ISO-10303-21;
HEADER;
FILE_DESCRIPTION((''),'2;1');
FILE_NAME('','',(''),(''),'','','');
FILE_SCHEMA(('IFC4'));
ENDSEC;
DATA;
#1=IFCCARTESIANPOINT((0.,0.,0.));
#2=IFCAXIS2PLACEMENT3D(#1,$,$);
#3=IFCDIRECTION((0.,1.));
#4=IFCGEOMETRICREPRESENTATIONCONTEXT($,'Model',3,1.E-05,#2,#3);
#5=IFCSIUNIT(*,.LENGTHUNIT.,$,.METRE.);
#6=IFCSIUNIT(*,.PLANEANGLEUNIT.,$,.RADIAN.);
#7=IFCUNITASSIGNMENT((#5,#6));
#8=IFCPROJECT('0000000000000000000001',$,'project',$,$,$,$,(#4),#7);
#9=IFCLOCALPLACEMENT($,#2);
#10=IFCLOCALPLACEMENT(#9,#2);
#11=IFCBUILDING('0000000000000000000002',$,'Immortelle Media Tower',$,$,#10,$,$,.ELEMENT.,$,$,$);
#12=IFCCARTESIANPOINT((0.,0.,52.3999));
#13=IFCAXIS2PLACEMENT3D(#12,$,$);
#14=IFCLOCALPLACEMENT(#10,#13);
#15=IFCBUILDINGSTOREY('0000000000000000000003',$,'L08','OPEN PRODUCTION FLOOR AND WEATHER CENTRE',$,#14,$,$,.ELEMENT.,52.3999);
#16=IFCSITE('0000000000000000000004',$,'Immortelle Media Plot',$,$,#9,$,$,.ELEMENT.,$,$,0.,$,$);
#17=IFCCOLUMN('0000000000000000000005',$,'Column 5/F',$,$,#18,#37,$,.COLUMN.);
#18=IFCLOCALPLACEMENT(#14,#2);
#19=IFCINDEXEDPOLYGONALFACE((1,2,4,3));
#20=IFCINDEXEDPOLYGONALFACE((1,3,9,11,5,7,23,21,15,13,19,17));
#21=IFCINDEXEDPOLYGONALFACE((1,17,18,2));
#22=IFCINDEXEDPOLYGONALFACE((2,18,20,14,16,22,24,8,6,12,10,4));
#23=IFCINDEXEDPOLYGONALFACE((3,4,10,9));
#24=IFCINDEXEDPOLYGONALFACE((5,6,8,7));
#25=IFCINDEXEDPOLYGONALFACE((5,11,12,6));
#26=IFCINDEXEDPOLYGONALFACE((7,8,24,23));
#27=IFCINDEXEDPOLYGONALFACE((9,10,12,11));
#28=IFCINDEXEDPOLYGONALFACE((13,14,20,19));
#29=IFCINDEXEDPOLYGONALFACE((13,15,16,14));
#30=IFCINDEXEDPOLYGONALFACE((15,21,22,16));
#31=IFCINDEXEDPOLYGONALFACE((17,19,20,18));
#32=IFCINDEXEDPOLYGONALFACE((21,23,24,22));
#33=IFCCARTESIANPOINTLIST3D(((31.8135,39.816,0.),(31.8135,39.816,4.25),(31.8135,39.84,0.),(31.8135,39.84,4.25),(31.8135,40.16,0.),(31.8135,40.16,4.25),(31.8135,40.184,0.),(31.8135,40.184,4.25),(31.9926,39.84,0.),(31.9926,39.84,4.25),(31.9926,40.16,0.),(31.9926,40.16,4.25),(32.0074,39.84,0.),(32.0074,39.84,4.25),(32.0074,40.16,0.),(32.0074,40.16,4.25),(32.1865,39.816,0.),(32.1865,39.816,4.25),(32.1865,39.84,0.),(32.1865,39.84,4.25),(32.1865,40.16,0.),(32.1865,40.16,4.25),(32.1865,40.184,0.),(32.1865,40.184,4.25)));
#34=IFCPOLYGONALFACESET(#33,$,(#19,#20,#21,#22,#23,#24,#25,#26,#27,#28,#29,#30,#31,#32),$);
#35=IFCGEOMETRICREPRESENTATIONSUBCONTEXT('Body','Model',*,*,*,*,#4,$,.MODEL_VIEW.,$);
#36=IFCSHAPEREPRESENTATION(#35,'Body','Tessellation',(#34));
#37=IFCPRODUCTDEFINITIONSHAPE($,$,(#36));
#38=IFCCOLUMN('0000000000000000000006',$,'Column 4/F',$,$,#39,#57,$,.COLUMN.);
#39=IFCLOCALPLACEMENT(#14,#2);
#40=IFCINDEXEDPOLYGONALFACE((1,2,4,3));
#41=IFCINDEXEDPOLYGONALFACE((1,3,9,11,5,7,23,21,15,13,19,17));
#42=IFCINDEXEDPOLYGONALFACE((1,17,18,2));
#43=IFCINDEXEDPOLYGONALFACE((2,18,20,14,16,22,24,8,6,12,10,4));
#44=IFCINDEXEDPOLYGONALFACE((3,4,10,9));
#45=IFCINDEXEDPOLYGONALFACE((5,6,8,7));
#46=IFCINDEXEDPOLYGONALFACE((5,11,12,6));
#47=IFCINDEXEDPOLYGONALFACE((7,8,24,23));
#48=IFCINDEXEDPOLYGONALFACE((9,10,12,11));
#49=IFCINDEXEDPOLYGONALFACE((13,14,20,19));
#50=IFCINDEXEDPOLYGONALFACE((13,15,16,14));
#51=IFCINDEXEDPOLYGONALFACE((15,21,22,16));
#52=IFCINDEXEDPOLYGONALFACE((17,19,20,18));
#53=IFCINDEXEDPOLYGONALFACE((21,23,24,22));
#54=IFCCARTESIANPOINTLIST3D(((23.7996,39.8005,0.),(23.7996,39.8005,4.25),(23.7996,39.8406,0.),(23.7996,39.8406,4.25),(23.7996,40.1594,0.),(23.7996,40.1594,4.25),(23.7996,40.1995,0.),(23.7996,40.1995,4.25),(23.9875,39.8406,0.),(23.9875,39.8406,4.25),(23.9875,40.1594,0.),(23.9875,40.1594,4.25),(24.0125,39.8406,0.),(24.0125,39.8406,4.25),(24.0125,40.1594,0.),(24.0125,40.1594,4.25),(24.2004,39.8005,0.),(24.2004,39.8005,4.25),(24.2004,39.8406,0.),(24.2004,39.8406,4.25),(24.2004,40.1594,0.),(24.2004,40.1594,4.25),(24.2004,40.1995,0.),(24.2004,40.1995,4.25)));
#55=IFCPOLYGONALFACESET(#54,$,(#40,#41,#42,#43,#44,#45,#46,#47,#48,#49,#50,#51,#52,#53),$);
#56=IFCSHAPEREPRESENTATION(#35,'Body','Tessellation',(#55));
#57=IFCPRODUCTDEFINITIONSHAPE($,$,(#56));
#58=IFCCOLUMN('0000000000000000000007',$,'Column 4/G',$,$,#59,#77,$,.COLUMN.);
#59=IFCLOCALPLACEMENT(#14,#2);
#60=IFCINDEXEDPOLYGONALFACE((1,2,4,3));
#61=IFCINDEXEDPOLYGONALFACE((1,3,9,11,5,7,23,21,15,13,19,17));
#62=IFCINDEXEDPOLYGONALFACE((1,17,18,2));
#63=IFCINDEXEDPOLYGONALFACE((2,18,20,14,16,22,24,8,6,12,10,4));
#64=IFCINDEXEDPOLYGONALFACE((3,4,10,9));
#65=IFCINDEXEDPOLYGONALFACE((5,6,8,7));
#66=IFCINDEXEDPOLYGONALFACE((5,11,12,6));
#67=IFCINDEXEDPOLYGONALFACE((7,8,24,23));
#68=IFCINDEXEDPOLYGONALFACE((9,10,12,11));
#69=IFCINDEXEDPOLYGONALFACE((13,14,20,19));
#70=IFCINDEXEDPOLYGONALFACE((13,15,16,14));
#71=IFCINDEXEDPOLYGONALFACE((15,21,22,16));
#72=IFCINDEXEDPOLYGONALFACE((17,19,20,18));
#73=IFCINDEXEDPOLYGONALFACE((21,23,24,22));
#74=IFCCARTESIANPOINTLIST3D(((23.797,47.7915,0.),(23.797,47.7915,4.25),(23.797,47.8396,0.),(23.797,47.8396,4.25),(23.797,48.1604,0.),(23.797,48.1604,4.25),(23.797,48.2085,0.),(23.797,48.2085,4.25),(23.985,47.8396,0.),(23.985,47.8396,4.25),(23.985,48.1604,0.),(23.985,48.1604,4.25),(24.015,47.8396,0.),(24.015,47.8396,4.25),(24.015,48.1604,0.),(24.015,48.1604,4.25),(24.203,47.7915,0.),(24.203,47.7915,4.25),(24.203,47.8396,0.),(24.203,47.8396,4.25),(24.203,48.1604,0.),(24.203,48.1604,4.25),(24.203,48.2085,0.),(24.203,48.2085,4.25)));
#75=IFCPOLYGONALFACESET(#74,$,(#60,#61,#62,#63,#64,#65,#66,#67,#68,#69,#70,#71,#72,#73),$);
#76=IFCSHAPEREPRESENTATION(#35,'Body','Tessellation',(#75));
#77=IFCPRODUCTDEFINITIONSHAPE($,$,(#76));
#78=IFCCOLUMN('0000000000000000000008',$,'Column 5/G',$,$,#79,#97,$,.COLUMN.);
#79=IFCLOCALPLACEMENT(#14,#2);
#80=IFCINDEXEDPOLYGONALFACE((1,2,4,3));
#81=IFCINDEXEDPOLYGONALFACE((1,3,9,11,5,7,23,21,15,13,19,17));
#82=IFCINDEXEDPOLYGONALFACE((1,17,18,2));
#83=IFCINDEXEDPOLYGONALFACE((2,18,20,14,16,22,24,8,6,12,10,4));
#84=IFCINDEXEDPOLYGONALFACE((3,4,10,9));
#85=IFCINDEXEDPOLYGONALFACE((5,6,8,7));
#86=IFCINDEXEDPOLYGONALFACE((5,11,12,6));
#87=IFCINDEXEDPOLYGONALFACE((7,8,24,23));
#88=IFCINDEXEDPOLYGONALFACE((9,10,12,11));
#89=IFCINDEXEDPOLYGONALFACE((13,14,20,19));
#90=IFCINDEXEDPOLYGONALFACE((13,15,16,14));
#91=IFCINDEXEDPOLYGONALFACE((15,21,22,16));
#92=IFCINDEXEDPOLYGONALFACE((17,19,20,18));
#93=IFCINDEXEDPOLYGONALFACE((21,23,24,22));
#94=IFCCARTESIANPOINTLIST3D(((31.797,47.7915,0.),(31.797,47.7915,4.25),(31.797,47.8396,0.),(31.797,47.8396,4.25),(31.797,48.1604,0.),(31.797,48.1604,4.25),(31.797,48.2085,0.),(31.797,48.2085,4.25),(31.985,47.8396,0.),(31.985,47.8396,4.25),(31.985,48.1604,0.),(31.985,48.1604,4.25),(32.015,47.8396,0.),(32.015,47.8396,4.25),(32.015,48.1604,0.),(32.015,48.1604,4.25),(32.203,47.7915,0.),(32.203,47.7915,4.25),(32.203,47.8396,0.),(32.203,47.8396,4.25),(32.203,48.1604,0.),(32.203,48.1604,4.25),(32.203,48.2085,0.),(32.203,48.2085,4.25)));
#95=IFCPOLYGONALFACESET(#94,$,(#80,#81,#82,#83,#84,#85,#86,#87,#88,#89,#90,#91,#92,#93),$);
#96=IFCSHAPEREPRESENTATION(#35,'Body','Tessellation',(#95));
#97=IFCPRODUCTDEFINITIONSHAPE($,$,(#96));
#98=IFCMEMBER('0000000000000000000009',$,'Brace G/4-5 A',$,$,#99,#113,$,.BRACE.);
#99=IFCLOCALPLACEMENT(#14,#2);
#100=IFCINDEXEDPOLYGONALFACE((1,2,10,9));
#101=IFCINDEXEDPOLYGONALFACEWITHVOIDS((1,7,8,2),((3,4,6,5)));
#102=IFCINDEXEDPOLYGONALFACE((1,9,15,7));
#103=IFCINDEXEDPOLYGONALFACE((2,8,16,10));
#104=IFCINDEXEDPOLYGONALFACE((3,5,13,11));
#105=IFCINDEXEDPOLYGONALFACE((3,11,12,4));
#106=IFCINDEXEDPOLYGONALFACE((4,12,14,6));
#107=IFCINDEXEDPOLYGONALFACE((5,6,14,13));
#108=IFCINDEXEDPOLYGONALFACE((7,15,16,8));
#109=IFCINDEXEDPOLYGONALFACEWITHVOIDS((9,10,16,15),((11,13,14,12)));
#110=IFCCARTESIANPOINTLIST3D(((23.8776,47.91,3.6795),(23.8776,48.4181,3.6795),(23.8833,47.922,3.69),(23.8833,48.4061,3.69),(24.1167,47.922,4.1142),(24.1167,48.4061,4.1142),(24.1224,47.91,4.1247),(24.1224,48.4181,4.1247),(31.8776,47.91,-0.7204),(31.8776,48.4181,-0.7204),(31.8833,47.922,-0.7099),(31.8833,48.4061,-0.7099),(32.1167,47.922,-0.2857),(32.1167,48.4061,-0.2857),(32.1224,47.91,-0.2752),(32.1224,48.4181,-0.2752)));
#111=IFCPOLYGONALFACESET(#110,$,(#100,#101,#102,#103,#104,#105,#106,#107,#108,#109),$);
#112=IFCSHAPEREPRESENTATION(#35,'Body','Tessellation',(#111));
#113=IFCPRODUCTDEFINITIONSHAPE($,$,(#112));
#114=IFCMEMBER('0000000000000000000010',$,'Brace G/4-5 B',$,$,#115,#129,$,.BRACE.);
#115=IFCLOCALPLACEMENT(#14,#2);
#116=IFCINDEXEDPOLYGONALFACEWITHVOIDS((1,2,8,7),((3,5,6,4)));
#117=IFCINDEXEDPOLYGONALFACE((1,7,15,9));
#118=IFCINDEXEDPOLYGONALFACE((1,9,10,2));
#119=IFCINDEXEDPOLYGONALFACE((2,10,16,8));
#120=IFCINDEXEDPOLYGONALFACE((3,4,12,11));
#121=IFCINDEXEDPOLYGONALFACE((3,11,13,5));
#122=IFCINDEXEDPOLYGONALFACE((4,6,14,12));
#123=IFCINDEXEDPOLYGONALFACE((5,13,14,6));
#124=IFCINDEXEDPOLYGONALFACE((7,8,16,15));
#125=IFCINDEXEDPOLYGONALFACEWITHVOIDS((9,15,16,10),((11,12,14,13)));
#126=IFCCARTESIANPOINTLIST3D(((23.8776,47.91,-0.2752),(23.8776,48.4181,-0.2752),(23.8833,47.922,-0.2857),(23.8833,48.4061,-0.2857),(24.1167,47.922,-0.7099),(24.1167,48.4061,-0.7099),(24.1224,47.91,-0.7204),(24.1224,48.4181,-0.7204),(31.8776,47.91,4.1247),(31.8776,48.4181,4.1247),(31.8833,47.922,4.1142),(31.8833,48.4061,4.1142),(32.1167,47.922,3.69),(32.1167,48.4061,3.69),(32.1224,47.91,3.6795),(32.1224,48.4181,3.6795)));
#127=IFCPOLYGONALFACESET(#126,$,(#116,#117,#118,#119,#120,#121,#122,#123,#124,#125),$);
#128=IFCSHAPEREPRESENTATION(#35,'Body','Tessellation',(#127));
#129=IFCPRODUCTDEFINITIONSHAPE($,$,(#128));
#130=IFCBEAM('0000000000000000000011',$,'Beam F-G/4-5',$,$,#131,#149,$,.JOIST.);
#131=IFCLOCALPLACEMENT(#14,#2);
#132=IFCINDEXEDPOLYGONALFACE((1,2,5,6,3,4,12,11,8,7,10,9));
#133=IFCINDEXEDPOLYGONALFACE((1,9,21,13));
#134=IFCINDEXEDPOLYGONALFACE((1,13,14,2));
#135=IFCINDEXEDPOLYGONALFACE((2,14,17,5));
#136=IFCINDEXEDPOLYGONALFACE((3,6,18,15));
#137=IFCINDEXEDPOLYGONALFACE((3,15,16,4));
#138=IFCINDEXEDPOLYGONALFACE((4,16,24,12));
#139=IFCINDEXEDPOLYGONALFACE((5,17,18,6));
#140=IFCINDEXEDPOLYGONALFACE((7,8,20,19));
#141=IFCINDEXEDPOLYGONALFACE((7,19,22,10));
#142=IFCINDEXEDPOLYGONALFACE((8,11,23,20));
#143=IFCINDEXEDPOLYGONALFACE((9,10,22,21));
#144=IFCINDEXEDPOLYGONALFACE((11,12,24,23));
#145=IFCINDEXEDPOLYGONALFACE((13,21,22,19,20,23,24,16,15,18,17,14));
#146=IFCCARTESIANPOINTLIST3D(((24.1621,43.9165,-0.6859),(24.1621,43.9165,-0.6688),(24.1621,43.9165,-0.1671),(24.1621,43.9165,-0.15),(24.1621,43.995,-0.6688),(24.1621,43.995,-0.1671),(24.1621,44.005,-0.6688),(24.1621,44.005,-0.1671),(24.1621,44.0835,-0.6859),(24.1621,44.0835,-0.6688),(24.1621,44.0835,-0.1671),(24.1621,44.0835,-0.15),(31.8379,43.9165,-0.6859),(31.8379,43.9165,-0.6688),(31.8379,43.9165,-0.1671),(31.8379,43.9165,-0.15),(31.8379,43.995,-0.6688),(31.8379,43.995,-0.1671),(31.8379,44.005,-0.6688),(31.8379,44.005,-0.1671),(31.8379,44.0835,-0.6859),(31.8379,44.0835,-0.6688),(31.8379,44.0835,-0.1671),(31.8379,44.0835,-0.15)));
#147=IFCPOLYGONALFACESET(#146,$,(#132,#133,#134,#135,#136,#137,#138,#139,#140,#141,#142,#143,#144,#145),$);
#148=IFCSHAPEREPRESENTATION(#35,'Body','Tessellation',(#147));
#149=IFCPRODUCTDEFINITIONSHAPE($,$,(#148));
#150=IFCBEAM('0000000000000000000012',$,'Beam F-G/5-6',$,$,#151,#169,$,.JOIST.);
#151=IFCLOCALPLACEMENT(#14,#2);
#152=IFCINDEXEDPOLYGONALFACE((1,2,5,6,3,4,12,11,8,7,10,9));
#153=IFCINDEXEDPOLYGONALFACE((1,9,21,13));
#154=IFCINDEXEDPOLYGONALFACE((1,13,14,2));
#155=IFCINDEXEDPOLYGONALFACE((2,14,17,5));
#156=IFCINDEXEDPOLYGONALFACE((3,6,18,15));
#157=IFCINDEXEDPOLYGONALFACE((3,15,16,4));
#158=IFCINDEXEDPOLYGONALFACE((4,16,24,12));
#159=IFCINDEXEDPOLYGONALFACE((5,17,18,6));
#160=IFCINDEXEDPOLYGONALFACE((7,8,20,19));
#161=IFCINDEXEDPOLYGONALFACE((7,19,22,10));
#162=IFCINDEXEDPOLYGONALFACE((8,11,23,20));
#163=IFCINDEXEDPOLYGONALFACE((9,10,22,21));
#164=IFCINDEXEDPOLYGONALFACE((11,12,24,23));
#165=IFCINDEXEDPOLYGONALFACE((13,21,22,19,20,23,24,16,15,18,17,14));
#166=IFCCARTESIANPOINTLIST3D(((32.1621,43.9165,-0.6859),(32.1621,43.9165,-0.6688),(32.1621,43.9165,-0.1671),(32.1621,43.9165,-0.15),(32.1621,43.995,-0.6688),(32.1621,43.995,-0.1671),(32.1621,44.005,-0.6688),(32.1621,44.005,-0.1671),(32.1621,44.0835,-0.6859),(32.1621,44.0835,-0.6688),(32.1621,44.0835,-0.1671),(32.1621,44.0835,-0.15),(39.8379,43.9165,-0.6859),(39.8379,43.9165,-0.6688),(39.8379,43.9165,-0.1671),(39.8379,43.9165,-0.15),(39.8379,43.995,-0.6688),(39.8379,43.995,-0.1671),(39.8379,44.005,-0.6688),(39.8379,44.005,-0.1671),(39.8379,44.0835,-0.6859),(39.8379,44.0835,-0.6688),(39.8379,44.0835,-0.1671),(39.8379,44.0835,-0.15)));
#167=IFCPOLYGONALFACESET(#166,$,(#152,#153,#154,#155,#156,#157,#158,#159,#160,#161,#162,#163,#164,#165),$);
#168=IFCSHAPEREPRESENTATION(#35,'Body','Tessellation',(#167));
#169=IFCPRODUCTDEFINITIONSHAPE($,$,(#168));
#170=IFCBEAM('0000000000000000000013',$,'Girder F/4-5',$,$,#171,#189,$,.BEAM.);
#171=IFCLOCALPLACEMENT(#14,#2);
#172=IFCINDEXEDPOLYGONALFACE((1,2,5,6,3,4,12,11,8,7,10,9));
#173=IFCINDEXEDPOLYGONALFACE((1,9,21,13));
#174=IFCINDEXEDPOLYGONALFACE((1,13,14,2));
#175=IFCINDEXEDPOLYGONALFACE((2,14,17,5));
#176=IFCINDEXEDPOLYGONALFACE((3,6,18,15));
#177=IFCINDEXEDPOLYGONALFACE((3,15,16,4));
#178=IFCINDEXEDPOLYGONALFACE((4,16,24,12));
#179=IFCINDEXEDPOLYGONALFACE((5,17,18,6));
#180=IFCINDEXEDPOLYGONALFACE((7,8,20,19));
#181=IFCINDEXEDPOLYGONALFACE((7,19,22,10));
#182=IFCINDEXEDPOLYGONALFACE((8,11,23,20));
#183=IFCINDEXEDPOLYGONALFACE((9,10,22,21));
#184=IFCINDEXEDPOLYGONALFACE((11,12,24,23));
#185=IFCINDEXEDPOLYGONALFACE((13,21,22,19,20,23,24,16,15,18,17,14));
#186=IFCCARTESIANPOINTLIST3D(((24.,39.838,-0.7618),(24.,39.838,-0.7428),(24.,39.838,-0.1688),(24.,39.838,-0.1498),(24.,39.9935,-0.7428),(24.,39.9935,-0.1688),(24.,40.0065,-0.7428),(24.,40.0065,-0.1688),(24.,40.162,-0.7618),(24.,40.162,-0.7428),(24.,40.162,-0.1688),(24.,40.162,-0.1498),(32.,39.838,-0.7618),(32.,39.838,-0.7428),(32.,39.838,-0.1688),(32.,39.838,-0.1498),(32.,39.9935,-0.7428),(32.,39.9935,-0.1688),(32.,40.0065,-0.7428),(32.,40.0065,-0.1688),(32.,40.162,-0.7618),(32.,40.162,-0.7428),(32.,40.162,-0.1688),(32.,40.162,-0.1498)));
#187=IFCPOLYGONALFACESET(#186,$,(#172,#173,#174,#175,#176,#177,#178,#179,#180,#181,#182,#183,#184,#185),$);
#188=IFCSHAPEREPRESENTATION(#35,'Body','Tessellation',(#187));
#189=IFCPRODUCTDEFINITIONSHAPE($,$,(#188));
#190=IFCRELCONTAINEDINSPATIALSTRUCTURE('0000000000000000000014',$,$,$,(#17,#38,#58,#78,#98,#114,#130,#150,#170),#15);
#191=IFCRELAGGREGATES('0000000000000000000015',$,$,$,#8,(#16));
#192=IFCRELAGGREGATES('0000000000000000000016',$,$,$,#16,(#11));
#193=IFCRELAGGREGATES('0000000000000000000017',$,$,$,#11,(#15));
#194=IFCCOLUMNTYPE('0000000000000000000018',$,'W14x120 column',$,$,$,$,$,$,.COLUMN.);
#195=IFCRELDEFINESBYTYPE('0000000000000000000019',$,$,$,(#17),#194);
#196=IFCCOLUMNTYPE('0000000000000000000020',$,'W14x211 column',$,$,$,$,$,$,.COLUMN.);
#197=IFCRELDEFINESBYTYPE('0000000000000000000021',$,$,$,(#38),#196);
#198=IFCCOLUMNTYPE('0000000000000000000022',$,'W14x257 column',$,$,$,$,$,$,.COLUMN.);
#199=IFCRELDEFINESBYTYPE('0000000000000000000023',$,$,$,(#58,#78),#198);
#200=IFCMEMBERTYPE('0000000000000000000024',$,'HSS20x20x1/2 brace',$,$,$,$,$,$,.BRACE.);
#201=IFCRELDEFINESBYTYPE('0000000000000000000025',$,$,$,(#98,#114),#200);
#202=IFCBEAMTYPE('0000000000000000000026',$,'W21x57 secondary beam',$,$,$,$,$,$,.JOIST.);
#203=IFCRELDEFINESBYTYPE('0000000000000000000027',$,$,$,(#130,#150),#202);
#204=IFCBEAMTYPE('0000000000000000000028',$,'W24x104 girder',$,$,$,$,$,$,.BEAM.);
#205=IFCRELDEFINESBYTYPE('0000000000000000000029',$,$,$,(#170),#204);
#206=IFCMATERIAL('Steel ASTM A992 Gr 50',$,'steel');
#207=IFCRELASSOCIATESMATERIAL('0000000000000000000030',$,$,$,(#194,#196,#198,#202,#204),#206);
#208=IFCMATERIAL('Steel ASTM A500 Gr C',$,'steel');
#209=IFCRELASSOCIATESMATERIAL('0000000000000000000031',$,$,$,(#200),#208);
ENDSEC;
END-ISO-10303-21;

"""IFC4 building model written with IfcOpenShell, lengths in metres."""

from ifc_helpers import new_model, si_unit, direction, frame, origin, origin_2d, place, context, subcontext, project, spatial, hollow_rectangle, i_section, extrude, material, material_profile, profile_set, type_object, element, save


model = new_model("IFC4")

# Units and contexts
model_context = context("Model", 3, precision=1e-05, world=origin(), true_north=direction((0.0, 1.0)))
body_context = subcontext(model_context, "Body", "Model", "MODEL_VIEW")
ifc_project = project(units=[si_unit("LENGTHUNIT", "METRE"), si_unit("PLANEANGLEUNIT", "RADIAN")], contexts=[model_context])

# Site, building, storey
site_placement = place(None, origin())
site = spatial("IfcSite", under=ifc_project, at=site_placement, Name="Immortelle Media Plot", CompositionType="ELEMENT", RefElevation=0.0)
building_placement = place(site_placement, origin())
building = spatial("IfcBuilding", under=site, at=building_placement, Name="Immortelle Media Tower", CompositionType="ELEMENT")
storey_placement = place(building_placement, frame((0.0, 0.0, 52.3999)))
storey = spatial("IfcBuildingStorey", under=building, at=storey_placement, Name="L08", Description="OPEN PRODUCTION FLOOR AND WEATHER CENTRE", CompositionType="ELEMENT", Elevation=52.3999)

# Columns
ifc_material_1 = material(Name="Steel ASTM A992 Gr 50", Category="steel")
ifc_material_profile_1 = material_profile(ifc_material_1, i_section(OverallWidth=0.373, OverallDepth=0.3679, WebThickness=0.0149, FlangeThickness=0.0239, at=origin_2d()), Name="W14x120")
ifc_profile_set_1 = profile_set([ifc_material_profile_1], Name="Steel ASTM A992 Gr 50")
column_type_1 = type_object("IfcColumnType", Name="W14x120 column", PredefinedType="COLUMN", material=ifc_profile_set_1)
column_1_placement = place(storey_placement, frame((32.0, 40.0, 0.0), z_axis=(0.0, 0.0, 1.0), x_axis=(1.0, 0.0, 0.0)))
element("IfcColumn", 1, at=column_1_placement, inside=storey, type_object=column_type_1, Name="Column 5/F", PredefinedType="COLUMN", context=body_context, shape_type="SweptSolid", body=[
    extrude(i_section(OverallWidth=0.373, OverallDepth=0.3679, WebThickness=0.0149, FlangeThickness=0.0239, at=origin_2d()), origin(), (0.0, 0.0, 1.0), 4.25),
])
ifc_material_profile_2 = material_profile(ifc_material_1, i_section(OverallWidth=0.4009, OverallDepth=0.3989, WebThickness=0.0249, FlangeThickness=0.04, at=origin_2d()), Name="W14x211")
ifc_profile_set_2 = profile_set([ifc_material_profile_2], Name="Steel ASTM A992 Gr 50")
column_type_2 = type_object("IfcColumnType", Name="W14x211 column", PredefinedType="COLUMN", material=ifc_profile_set_2)
column_2_placement = place(storey_placement, frame((24.0, 40.0, 0.0), z_axis=(0.0, 0.0, 1.0), x_axis=(1.0, 0.0, 0.0)))
element("IfcColumn", 2, at=column_2_placement, inside=storey, type_object=column_type_2, Name="Column 4/F", PredefinedType="COLUMN", context=body_context, shape_type="SweptSolid", body=[
    extrude(i_section(OverallWidth=0.4009, OverallDepth=0.3989, WebThickness=0.0249, FlangeThickness=0.04, at=origin_2d()), origin(), (0.0, 0.0, 1.0), 4.25),
])
ifc_material_profile_3 = material_profile(ifc_material_1, i_section(OverallWidth=0.406, OverallDepth=0.417, WebThickness=0.03, FlangeThickness=0.0481, at=origin_2d()), Name="W14x257")
ifc_profile_set_3 = profile_set([ifc_material_profile_3], Name="Steel ASTM A992 Gr 50")
column_type_3 = type_object("IfcColumnType", Name="W14x257 column", PredefinedType="COLUMN", material=ifc_profile_set_3)
for number, where, z_axis, x_axis, name in (
    (3, (24.0, 48.0, 0.0), (0.0, 0.0, 1.0), (1.0, 0.0, 0.0), "Column 4/G"),
    (4, (32.0, 48.0, 0.0), (0.0, 0.0, 1.0), (1.0, 0.0, 0.0), "Column 5/G"),
):
    element("IfcColumn", number, at=place(storey_placement, frame(where, z_axis=z_axis, x_axis=x_axis)), inside=storey, type_object=column_type_3, Name=name, PredefinedType="COLUMN", context=body_context, shape_type="SweptSolid", body=[
        extrude(i_section(OverallWidth=0.406, OverallDepth=0.417, WebThickness=0.03, FlangeThickness=0.0481, at=origin_2d()), origin(), (0.0, 0.0, 1.0), 4.25),
    ])

# Members
ifc_material_2 = material(Name="Steel ASTM A500 Gr C", Category="steel")
ifc_material_profile_4 = material_profile(ifc_material_2, hollow_rectangle(XDim=0.5081, YDim=0.5081, WallThickness=0.012, at=origin_2d()), Name="HSS20x20x1/2 brace")
ifc_profile_set_4 = profile_set([ifc_material_profile_4], Name="Steel ASTM A500 Gr C")
member_type = type_object("IfcMemberType", Name="HSS20x20x1/2 brace", PredefinedType="BRACE", material=ifc_profile_set_4)
for number, where, z_axis, x_axis, name in (
    (5, (32.0, 48.1641, -0.4978), (-0.87622, 0.0, 0.481911), (0.0, -1.0, 0.0), "Brace G/4-5 A"),
    (6, (32.0, 48.1641, 3.9021), (-0.87622, 0.0, -0.481911), (0.0, -1.0, 0.0), "Brace G/4-5 B"),
):
    element("IfcMember", number, at=place(storey_placement, frame(where, z_axis=z_axis, x_axis=x_axis)), inside=storey, type_object=member_type, Name=name, PredefinedType="BRACE", context=body_context, shape_type="SweptSolid", body=[
        extrude(hollow_rectangle(XDim=0.5081, YDim=0.5081, WallThickness=0.012, at=origin_2d()), origin(), (0.0, 0.0, 1.0), 9.1301),
    ])

# Beams
ifc_material_profile_5 = material_profile(ifc_material_1, i_section(OverallWidth=0.167, OverallDepth=0.5359, WebThickness=0.01, FlangeThickness=0.0171, at=origin_2d()), Name="W21x57")
ifc_profile_set_5 = profile_set([ifc_material_profile_5], Name="Steel ASTM A992 Gr 50")
beam_type_1 = type_object("IfcBeamType", Name="W21x57 secondary beam", PredefinedType="JOIST", material=ifc_profile_set_5)
for number, where, z_axis, x_axis, name in (
    (7, (24.1621, 44.0, -0.418), (1.0, 0.0, 0.0), (0.0, 1.0, 0.0), "Beam F-G/4-5"),
    (8, (32.1621, 44.0, -0.418), (1.0, 0.0, 0.0), (0.0, 1.0, 0.0), "Beam F-G/5-6"),
):
    element("IfcBeam", number, at=place(storey_placement, frame(where, z_axis=z_axis, x_axis=x_axis)), inside=storey, type_object=beam_type_1, Name=name, PredefinedType="JOIST", context=body_context, shape_type="SweptSolid", body=[
        extrude(i_section(OverallWidth=0.167, OverallDepth=0.5359, WebThickness=0.01, FlangeThickness=0.0171, at=origin_2d()), origin(), (0.0, 0.0, 1.0), 7.6758),
    ])
ifc_material_profile_6 = material_profile(ifc_material_1, i_section(OverallWidth=0.324, OverallDepth=0.6121, WebThickness=0.0129, FlangeThickness=0.019, at=origin_2d()), Name="W24x104")
ifc_profile_set_6 = profile_set([ifc_material_profile_6], Name="Steel ASTM A992 Gr 50")
beam_type_2 = type_object("IfcBeamType", Name="W24x104 girder", PredefinedType="BEAM", material=ifc_profile_set_6)
for number, where, z_axis, x_axis, name in (
    (9, (24.0, 40.0, -0.4558), (1.0, 0.0, 0.0), (0.0, 1.0, 0.0), "Girder F/4-5"),
):
    element("IfcBeam", number, at=place(storey_placement, frame(where, z_axis=z_axis, x_axis=x_axis)), inside=storey, type_object=beam_type_2, Name=name, PredefinedType="BEAM", context=body_context, shape_type="SweptSolid", body=[
        extrude(i_section(OverallWidth=0.324, OverallDepth=0.6121, WebThickness=0.0129, FlangeThickness=0.019, at=origin_2d()), origin(), (0.0, 0.0, 1.0), 8.0),
    ])

save(model, "model.ifc")
